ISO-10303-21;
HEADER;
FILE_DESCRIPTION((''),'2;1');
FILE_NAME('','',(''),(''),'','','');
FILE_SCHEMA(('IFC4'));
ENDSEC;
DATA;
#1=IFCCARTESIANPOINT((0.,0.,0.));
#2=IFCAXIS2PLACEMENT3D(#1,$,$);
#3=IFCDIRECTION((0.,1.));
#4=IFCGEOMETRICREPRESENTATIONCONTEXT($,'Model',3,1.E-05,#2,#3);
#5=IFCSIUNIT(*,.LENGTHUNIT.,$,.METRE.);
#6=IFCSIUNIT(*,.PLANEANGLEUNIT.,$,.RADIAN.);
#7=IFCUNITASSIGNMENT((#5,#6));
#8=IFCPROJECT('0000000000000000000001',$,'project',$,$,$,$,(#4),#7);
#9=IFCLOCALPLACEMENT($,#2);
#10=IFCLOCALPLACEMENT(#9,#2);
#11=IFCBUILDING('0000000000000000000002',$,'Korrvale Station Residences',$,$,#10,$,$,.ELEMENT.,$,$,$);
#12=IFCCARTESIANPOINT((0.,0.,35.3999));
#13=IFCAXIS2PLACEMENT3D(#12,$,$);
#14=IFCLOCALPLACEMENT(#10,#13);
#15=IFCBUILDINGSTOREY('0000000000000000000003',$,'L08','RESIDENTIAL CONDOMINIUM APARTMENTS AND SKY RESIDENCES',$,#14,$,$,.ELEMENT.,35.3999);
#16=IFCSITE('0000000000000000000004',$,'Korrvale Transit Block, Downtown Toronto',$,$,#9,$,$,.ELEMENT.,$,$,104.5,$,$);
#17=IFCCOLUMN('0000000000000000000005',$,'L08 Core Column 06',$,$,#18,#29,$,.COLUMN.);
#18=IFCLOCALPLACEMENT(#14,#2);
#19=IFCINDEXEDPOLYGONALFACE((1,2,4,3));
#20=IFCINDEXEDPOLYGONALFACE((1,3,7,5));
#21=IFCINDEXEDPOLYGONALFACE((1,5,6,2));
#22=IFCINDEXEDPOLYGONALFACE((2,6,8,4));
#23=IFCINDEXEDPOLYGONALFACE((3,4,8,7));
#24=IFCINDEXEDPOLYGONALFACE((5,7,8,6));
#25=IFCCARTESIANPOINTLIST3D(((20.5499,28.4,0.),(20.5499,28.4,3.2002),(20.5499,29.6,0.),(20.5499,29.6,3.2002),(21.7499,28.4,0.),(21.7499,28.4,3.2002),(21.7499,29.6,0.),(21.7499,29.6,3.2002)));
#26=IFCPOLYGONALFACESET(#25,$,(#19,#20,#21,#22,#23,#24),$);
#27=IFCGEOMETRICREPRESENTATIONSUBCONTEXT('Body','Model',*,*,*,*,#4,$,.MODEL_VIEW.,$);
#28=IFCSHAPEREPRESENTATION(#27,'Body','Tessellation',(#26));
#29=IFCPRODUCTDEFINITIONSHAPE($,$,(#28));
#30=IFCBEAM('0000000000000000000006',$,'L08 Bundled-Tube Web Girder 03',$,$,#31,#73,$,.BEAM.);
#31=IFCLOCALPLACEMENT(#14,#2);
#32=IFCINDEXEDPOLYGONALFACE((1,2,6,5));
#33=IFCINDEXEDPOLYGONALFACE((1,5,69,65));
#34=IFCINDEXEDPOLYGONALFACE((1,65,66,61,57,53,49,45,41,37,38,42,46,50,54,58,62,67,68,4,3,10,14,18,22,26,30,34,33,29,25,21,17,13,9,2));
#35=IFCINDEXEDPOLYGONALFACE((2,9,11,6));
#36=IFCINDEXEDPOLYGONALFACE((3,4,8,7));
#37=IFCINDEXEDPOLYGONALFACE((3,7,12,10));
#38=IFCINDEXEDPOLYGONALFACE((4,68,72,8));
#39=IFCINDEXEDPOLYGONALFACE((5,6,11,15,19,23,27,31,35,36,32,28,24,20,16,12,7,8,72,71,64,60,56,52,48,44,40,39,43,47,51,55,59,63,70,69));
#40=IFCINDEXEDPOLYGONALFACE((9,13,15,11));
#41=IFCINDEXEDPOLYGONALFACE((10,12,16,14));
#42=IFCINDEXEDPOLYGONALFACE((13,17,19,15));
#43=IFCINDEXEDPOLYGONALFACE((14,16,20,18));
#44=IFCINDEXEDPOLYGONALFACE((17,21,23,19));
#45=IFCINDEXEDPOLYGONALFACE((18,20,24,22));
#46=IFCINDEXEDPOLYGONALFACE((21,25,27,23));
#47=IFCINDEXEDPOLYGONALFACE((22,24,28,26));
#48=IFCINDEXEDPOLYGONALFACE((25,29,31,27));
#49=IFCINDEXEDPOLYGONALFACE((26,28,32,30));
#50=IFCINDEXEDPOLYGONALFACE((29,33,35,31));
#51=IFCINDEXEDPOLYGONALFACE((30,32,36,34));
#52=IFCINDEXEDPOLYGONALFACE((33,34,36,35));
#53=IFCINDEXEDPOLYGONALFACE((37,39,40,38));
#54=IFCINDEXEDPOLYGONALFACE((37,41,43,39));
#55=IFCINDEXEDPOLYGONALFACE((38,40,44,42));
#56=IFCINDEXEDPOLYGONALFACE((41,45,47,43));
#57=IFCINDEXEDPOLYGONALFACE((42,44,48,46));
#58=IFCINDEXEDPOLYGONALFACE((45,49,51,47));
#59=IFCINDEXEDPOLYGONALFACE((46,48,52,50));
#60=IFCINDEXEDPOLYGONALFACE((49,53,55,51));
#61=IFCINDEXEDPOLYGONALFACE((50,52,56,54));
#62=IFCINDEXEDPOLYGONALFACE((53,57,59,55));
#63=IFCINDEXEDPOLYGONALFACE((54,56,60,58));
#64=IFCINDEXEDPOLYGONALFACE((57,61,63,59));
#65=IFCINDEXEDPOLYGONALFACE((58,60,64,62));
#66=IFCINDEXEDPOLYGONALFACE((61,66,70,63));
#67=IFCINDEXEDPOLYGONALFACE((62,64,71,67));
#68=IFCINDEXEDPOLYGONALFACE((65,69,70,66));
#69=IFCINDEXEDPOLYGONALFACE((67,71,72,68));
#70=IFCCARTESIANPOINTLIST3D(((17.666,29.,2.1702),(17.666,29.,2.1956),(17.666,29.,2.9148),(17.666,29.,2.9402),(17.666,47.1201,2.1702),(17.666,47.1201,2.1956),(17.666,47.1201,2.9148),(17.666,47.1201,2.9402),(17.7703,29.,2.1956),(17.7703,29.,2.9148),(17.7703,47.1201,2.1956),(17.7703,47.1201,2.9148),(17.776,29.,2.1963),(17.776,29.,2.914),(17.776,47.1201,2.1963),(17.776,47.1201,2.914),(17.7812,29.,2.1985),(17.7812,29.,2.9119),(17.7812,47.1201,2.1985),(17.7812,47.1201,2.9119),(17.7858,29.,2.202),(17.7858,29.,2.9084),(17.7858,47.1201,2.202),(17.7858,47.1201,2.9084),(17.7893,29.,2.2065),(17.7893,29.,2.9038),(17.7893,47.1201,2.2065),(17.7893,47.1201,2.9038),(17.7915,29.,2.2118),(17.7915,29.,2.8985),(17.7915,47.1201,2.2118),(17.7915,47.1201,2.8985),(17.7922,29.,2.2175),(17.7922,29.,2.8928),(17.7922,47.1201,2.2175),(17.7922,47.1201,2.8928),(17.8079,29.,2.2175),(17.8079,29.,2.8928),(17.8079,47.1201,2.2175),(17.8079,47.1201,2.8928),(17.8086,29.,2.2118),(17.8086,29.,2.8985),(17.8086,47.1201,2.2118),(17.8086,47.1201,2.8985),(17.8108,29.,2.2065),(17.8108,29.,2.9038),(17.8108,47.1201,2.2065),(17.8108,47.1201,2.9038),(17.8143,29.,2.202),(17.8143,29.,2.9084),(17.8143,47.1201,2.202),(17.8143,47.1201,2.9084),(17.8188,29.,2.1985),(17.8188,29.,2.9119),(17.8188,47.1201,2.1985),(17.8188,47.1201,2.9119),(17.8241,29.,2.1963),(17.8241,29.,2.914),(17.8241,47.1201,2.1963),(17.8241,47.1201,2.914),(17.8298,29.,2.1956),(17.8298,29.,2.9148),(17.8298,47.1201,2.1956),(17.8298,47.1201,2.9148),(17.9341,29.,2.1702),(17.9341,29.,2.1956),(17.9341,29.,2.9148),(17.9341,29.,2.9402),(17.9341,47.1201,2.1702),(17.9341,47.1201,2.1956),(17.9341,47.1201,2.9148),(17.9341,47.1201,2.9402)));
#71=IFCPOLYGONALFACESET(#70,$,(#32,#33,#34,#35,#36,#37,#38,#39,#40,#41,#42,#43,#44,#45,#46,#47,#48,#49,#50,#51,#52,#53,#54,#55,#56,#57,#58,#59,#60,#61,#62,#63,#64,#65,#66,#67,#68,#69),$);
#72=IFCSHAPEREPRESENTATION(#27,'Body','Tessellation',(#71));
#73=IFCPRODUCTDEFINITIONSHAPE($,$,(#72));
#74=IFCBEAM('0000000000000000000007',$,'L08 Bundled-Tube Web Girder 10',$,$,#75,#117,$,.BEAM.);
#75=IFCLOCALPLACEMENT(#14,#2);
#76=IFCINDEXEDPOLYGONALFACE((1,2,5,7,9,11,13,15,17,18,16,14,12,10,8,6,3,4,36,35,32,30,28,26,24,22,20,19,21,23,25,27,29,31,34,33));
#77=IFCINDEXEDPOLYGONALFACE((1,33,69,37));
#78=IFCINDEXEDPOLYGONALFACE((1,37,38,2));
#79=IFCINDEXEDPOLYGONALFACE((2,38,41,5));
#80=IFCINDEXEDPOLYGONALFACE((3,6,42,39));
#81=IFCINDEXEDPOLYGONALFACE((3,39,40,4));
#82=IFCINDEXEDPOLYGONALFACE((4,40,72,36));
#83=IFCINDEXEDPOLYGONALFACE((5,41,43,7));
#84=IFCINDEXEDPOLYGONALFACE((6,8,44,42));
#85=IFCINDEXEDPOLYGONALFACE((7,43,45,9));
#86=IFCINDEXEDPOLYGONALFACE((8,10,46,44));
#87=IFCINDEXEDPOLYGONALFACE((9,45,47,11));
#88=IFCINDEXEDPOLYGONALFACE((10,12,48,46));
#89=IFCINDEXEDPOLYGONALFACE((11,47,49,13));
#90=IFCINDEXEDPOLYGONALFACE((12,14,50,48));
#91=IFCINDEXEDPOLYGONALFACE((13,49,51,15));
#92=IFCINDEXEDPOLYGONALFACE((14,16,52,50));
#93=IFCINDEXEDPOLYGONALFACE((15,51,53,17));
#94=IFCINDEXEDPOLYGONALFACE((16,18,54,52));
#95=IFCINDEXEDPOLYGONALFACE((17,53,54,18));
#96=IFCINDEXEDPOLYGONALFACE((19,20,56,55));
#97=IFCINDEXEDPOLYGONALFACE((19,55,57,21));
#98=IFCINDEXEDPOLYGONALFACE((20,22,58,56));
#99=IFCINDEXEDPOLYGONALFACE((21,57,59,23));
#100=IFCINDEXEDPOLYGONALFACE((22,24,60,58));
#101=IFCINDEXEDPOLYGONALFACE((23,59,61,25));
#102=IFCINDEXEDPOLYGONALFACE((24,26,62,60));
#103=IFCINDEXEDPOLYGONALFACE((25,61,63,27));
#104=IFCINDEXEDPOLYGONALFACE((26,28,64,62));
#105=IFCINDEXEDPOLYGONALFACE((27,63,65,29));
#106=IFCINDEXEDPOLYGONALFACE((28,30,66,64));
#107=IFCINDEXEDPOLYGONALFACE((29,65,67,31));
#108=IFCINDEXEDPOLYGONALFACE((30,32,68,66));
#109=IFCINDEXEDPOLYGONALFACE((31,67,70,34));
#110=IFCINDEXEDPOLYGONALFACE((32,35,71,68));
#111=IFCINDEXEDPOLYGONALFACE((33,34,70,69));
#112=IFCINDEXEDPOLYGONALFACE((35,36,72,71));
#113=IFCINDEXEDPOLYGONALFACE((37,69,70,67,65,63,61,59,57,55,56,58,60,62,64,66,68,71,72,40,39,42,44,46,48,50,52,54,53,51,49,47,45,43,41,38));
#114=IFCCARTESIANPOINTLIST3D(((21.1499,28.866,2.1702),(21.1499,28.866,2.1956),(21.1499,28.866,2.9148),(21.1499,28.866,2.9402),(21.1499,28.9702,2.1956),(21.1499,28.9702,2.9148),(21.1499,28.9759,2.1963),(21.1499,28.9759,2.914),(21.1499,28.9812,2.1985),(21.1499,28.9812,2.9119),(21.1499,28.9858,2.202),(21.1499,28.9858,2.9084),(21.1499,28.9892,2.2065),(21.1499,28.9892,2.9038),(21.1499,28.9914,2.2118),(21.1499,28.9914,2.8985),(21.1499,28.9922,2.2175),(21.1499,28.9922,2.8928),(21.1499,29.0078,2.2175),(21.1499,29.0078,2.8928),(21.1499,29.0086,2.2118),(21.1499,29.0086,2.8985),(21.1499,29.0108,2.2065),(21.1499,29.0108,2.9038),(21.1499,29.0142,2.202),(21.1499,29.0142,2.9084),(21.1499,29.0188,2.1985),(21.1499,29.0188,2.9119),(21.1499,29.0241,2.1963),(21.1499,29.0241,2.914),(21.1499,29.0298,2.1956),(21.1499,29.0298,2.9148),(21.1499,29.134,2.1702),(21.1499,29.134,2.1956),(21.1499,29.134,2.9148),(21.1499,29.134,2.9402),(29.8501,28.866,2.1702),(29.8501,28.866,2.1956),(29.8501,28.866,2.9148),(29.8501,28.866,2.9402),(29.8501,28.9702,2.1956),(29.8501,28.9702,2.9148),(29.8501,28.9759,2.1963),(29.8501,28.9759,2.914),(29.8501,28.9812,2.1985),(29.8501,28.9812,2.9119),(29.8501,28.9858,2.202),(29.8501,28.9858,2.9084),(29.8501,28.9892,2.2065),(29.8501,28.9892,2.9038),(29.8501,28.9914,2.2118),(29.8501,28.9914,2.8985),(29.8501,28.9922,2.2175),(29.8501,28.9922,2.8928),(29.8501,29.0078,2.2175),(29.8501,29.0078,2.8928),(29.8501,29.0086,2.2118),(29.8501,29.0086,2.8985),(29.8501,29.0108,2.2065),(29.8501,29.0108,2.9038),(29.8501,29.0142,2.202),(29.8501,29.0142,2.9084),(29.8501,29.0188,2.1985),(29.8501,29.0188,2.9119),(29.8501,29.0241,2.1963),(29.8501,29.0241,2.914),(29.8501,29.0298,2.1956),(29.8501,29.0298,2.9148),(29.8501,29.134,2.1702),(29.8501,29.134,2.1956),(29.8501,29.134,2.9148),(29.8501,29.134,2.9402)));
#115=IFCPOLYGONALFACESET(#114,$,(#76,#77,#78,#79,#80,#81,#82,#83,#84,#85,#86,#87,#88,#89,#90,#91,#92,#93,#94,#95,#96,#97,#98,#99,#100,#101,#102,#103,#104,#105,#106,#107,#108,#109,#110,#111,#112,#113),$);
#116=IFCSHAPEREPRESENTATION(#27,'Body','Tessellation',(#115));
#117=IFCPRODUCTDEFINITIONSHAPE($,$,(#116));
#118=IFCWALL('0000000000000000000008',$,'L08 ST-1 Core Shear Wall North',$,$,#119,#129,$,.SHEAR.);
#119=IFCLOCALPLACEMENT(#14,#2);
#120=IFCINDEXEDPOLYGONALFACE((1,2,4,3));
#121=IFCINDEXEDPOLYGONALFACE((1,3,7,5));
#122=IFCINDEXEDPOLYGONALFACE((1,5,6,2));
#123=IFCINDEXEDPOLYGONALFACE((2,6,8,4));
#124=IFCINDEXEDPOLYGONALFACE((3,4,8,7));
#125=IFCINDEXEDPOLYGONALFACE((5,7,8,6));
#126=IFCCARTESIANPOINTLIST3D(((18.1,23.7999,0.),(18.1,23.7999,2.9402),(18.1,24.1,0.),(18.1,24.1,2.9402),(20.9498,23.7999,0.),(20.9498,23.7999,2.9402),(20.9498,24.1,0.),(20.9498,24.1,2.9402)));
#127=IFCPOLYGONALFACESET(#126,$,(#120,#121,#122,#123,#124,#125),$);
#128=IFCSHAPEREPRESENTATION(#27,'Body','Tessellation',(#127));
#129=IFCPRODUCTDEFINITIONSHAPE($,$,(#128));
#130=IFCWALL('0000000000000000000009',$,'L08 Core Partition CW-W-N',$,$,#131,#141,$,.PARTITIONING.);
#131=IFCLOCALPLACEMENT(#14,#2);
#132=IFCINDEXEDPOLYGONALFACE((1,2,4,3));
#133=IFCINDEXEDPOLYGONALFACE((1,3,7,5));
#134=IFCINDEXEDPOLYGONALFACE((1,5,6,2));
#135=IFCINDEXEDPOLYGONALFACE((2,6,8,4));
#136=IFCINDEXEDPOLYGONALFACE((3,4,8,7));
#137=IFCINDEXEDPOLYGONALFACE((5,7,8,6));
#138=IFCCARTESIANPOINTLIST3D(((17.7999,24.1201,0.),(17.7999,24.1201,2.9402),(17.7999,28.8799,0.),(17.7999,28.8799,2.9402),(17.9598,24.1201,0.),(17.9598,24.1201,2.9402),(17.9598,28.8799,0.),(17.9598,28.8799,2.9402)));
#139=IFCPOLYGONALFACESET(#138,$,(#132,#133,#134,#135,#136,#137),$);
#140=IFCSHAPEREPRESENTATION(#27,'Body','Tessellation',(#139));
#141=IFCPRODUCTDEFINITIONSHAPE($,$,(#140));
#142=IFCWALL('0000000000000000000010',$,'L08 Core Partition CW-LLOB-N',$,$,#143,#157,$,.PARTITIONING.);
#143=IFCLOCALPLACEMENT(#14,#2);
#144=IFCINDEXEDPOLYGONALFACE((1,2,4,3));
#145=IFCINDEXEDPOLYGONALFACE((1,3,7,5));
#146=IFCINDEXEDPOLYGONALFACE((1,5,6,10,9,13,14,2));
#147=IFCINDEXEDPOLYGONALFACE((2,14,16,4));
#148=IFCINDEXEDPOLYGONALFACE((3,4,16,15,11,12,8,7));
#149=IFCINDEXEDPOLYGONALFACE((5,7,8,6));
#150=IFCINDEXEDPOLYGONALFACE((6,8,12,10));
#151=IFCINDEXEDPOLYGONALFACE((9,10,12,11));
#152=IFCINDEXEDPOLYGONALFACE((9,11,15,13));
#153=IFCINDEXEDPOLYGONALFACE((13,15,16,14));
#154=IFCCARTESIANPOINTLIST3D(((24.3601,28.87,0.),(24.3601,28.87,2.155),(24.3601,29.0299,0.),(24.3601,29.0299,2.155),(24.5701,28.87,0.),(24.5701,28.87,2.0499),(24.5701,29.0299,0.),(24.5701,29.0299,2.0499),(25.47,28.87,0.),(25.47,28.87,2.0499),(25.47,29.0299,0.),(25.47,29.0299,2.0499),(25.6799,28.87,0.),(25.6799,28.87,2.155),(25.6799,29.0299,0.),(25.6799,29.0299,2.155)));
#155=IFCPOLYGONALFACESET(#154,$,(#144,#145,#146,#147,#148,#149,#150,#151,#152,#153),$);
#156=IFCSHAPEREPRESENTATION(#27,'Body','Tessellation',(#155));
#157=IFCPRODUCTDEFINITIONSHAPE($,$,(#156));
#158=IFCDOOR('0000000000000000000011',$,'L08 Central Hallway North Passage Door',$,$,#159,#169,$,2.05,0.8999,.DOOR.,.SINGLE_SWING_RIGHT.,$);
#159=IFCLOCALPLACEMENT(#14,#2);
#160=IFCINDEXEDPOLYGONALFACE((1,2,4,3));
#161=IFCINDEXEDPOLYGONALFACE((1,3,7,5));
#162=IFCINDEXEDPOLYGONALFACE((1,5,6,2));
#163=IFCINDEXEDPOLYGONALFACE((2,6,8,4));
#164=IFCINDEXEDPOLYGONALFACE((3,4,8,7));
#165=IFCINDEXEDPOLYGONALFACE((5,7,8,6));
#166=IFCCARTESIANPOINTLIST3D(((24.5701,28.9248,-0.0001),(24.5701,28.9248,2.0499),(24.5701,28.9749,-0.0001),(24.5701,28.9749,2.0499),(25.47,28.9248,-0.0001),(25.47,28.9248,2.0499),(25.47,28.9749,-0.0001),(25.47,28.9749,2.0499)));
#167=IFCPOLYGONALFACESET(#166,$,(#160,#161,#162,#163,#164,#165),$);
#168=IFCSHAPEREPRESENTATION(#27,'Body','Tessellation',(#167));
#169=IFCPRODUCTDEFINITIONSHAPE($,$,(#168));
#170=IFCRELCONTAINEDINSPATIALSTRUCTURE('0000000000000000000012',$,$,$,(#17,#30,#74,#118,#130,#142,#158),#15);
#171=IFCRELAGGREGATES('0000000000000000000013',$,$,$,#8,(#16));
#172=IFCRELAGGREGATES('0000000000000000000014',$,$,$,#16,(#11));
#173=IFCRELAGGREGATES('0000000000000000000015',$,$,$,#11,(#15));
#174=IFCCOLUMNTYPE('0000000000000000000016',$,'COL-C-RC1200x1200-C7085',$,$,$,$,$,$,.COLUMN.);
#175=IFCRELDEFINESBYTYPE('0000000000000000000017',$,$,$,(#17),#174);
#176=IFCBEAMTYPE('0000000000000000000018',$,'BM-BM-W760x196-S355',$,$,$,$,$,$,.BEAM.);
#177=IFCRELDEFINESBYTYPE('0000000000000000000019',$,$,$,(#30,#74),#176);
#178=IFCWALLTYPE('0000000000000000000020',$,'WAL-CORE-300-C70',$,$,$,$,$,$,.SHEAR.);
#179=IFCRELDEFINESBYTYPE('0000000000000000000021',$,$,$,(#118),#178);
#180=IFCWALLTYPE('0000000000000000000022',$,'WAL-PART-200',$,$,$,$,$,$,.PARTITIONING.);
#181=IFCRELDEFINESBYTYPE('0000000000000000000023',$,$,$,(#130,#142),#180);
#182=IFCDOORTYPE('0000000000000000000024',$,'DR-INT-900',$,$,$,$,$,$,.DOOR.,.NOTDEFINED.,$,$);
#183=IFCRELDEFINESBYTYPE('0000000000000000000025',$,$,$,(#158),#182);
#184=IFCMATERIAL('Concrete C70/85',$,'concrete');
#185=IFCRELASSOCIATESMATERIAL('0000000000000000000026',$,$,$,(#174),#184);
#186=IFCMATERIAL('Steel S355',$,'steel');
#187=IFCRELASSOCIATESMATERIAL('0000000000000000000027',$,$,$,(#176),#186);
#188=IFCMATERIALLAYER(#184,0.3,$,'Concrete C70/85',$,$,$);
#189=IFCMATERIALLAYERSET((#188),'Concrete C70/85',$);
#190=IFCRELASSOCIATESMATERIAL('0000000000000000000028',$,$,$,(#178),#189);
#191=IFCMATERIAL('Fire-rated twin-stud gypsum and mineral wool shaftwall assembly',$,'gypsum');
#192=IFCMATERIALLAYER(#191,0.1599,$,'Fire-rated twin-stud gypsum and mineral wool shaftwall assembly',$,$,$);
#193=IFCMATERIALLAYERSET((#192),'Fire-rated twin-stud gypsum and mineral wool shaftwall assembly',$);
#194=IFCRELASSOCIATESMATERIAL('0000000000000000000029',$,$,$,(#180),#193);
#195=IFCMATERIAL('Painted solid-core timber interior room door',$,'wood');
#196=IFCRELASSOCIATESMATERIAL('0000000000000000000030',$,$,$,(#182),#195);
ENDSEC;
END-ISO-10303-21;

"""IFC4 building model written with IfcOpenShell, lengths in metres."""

from ifc_helpers import new_model, si_unit, direction, frame, frame_2d, origin, origin_2d, place, context, subcontext, project, spatial, rectangle, i_section, extrude, material, layer, layer_set, material_profile, profile_set, type_object, element, fill, save


model = new_model("IFC4")

# Units and contexts
model_context = context("Model", 3, precision=1e-05, world=origin(), true_north=direction((0.0, 1.0)))
body_context = subcontext(model_context, "Body", "Model", "MODEL_VIEW")
ifc_project = project(units=[si_unit("LENGTHUNIT", "METRE"), si_unit("PLANEANGLEUNIT", "RADIAN")], contexts=[model_context])

# Site, building, storey
site_placement = place(None, origin())
site = spatial("IfcSite", under=ifc_project, at=site_placement, Name="Korrvale Transit Block, Downtown Toronto", CompositionType="ELEMENT", RefElevation=104.5)
building_placement = place(site_placement, origin())
building = spatial("IfcBuilding", under=site, at=building_placement, Name="Korrvale Station Residences", CompositionType="ELEMENT")
storey_placement = place(building_placement, frame((0.0, 0.0, 35.3999)))
storey = spatial("IfcBuildingStorey", under=building, at=storey_placement, Name="L08", Description="RESIDENTIAL CONDOMINIUM APARTMENTS AND SKY RESIDENCES", CompositionType="ELEMENT", Elevation=35.3999)

# Column
ifc_material_1 = material(Name="Concrete C70/85", Category="concrete")
ifc_material_profile_1 = material_profile(ifc_material_1, rectangle(XDim=1.2, YDim=1.2, at=origin_2d()), Name="RC1200x1200")
ifc_profile_set_1 = profile_set([ifc_material_profile_1], Name="Concrete C70/85")
column_type = type_object("IfcColumnType", Name="COL-C-RC1200x1200-C7085", PredefinedType="COLUMN", material=ifc_profile_set_1)
column_placement = place(storey_placement, frame((21.1499, 29.0, 0.0), z_axis=(0.0, 0.0, 1.0), x_axis=(1.0, 0.0, 0.0)))
element("IfcColumn", 1, at=column_placement, inside=storey, type_object=column_type, Name="L08 Core Column 06", PredefinedType="COLUMN", context=body_context, shape_type="SweptSolid", body=[
    extrude(rectangle(XDim=1.2, YDim=1.2, at=origin_2d()), origin(), (0.0, 0.0, 1.0), 3.2002),
])

# Beams
ifc_material_2 = material(Name="Steel S355", Category="steel")
ifc_material_profile_2 = material_profile(ifc_material_2, i_section(OverallWidth=0.2681, OverallDepth=0.77, WebThickness=0.0156, FlangeThickness=0.0254, FilletRadius=0.022, at=origin_2d()), Name="W760x196")
ifc_profile_set_2 = profile_set([ifc_material_profile_2], Name="Steel S355")
beam_type = type_object("IfcBeamType", Name="BM-BM-W760x196-S355", PredefinedType="BEAM", material=ifc_profile_set_2)
beam_1_placement = place(storey_placement, frame((17.8, 29.0, 2.5552), z_axis=(0.0, 1.0, 0.0), x_axis=(-1.0, 0.0, 0.0)))
element("IfcBeam", 2, at=beam_1_placement, inside=storey, type_object=beam_type, Name="L08 Bundled-Tube Web Girder 03", PredefinedType="BEAM", context=body_context, shape_type="SweptSolid", body=[
    extrude(i_section(OverallWidth=0.2681, OverallDepth=0.77, WebThickness=0.0156, FlangeThickness=0.0254, FilletRadius=0.022, at=origin_2d()), origin(), (0.0, 0.0, 1.0), 18.1201),
])
beam_2_placement = place(storey_placement, frame((21.1499, 29.0, 2.5552), z_axis=(1.0, 0.0, 0.0), x_axis=(0.0, 1.0, 0.0)))
element("IfcBeam", 3, at=beam_2_placement, inside=storey, type_object=beam_type, Name="L08 Bundled-Tube Web Girder 10", PredefinedType="BEAM", context=body_context, shape_type="SweptSolid", body=[
    extrude(i_section(OverallWidth=0.2681, OverallDepth=0.77, WebThickness=0.0156, FlangeThickness=0.0254, FilletRadius=0.022, at=origin_2d()), origin(), (0.0, 0.0, 1.0), 8.7002),
])

# Walls
ifc_layer_1 = layer(ifc_material_1, 0.3, Name="Concrete C70/85")
ifc_layer_set_1 = layer_set([ifc_layer_1], Name="Concrete C70/85")
wall_type_1 = type_object("IfcWallType", Name="WAL-CORE-300-C70", PredefinedType="SHEAR", material=ifc_layer_set_1)
wall_1_placement = place(storey_placement, frame((18.1001, 23.95, 0.0), z_axis=(0.0, 0.0, 1.0), x_axis=(1.0, 0.0, 0.0)))
element("IfcWall", 4, at=wall_1_placement, inside=storey, type_object=wall_type_1, Name="L08 ST-1 Core Shear Wall North", PredefinedType="SHEAR", context=body_context, shape_type="SweptSolid", body=[
    extrude(rectangle(XDim=2.8499, YDim=0.3, at=frame_2d((1.4248, 0.0))), origin(), (0.0, 0.0, 1.0), 2.9402),
])
ifc_material_3 = material(Name="Fire-rated twin-stud gypsum and mineral wool shaftwall assembly", Category="gypsum")
ifc_layer_2 = layer(ifc_material_3, 0.1599, Name="Fire-rated twin-stud gypsum and mineral wool shaftwall assembly")
ifc_layer_set_2 = layer_set([ifc_layer_2], Name="Fire-rated twin-stud gypsum and mineral wool shaftwall assembly")
wall_type_2 = type_object("IfcWallType", Name="WAL-PART-200", PredefinedType="PARTITIONING", material=ifc_layer_set_2)
wall_2_placement = place(storey_placement, frame((17.8799, 24.1201, 0.0), z_axis=(0.0, 0.0, 1.0), x_axis=(0.0, 1.0, 0.0)))
element("IfcWall", 5, at=wall_2_placement, inside=storey, type_object=wall_type_2, Name="L08 Core Partition CW-W-N", PredefinedType="PARTITIONING", context=body_context, shape_type="SweptSolid", body=[
    extrude(rectangle(XDim=4.7598, YDim=0.1599, at=frame_2d((2.3799, 0.0))), origin(), (0.0, 0.0, 1.0), 2.9402),
])

# Wall, opening, door
wall_3_placement = place(storey_placement, frame((24.3601, 28.95, 0.0), z_axis=(0.0, 0.0, 1.0), x_axis=(1.0, 0.0, 0.0)))
wall_3 = element("IfcWall", 6, at=wall_3_placement, inside=storey, type_object=wall_type_2, Name="L08 Core Partition CW-LLOB-N", PredefinedType="PARTITIONING", context=body_context, shape_type="SweptSolid", body=[
    extrude(rectangle(XDim=1.3198, YDim=0.1599, at=frame_2d((0.6599, 0.0))), origin(), (0.0, 0.0, 1.0), 2.155),
])
opening_1_placement = place(wall_3_placement, frame((0.21, 0.0, 0.0)))
opening_1 = element("IfcOpeningElement", 7, at=opening_1_placement, cuts=wall_3, PredefinedType="OPENING", context=body_context, shape_type="SweptSolid", body=[
    extrude(rectangle(XDim=0.8999, YDim=2.05, at=frame_2d((0.45, 1.0249))), frame((0.0, 0.0898, 0.0), z_axis=(0.0, -1.0, 0.0), x_axis=(1.0, 0.0, 0.0)), (0.0, 0.0, 1.0), 0.1799),
])
ifc_material_4 = material(Name="Painted solid-core timber interior room door", Category="wood")
door_type_1 = type_object("IfcDoorType", Name="DR-INT-900", OperationType="NOTDEFINED", PredefinedType="DOOR", material=ifc_material_4)
door_1_placement = place(opening_1_placement, origin())
door_1 = element("IfcDoor", 8, at=door_1_placement, inside=storey, type_object=door_type_1, Name="L08 Central Hallway North Passage Door", OperationType="SINGLE_SWING_RIGHT", OverallHeight=2.05, OverallWidth=0.8999, PredefinedType="DOOR", context=body_context, shape_type="SweptSolid", body=[
    extrude(rectangle(XDim=0.8999, YDim=2.05, at=frame_2d((0.45, 1.0249))), frame((0.0, 0.0249, 0.0), z_axis=(0.0, -1.0, 0.0), x_axis=(1.0, 0.0, 0.0)), (0.0, 0.0, 1.0), 0.05),
])
fill(opening_1, door_1)

save(model, "model.ifc")
